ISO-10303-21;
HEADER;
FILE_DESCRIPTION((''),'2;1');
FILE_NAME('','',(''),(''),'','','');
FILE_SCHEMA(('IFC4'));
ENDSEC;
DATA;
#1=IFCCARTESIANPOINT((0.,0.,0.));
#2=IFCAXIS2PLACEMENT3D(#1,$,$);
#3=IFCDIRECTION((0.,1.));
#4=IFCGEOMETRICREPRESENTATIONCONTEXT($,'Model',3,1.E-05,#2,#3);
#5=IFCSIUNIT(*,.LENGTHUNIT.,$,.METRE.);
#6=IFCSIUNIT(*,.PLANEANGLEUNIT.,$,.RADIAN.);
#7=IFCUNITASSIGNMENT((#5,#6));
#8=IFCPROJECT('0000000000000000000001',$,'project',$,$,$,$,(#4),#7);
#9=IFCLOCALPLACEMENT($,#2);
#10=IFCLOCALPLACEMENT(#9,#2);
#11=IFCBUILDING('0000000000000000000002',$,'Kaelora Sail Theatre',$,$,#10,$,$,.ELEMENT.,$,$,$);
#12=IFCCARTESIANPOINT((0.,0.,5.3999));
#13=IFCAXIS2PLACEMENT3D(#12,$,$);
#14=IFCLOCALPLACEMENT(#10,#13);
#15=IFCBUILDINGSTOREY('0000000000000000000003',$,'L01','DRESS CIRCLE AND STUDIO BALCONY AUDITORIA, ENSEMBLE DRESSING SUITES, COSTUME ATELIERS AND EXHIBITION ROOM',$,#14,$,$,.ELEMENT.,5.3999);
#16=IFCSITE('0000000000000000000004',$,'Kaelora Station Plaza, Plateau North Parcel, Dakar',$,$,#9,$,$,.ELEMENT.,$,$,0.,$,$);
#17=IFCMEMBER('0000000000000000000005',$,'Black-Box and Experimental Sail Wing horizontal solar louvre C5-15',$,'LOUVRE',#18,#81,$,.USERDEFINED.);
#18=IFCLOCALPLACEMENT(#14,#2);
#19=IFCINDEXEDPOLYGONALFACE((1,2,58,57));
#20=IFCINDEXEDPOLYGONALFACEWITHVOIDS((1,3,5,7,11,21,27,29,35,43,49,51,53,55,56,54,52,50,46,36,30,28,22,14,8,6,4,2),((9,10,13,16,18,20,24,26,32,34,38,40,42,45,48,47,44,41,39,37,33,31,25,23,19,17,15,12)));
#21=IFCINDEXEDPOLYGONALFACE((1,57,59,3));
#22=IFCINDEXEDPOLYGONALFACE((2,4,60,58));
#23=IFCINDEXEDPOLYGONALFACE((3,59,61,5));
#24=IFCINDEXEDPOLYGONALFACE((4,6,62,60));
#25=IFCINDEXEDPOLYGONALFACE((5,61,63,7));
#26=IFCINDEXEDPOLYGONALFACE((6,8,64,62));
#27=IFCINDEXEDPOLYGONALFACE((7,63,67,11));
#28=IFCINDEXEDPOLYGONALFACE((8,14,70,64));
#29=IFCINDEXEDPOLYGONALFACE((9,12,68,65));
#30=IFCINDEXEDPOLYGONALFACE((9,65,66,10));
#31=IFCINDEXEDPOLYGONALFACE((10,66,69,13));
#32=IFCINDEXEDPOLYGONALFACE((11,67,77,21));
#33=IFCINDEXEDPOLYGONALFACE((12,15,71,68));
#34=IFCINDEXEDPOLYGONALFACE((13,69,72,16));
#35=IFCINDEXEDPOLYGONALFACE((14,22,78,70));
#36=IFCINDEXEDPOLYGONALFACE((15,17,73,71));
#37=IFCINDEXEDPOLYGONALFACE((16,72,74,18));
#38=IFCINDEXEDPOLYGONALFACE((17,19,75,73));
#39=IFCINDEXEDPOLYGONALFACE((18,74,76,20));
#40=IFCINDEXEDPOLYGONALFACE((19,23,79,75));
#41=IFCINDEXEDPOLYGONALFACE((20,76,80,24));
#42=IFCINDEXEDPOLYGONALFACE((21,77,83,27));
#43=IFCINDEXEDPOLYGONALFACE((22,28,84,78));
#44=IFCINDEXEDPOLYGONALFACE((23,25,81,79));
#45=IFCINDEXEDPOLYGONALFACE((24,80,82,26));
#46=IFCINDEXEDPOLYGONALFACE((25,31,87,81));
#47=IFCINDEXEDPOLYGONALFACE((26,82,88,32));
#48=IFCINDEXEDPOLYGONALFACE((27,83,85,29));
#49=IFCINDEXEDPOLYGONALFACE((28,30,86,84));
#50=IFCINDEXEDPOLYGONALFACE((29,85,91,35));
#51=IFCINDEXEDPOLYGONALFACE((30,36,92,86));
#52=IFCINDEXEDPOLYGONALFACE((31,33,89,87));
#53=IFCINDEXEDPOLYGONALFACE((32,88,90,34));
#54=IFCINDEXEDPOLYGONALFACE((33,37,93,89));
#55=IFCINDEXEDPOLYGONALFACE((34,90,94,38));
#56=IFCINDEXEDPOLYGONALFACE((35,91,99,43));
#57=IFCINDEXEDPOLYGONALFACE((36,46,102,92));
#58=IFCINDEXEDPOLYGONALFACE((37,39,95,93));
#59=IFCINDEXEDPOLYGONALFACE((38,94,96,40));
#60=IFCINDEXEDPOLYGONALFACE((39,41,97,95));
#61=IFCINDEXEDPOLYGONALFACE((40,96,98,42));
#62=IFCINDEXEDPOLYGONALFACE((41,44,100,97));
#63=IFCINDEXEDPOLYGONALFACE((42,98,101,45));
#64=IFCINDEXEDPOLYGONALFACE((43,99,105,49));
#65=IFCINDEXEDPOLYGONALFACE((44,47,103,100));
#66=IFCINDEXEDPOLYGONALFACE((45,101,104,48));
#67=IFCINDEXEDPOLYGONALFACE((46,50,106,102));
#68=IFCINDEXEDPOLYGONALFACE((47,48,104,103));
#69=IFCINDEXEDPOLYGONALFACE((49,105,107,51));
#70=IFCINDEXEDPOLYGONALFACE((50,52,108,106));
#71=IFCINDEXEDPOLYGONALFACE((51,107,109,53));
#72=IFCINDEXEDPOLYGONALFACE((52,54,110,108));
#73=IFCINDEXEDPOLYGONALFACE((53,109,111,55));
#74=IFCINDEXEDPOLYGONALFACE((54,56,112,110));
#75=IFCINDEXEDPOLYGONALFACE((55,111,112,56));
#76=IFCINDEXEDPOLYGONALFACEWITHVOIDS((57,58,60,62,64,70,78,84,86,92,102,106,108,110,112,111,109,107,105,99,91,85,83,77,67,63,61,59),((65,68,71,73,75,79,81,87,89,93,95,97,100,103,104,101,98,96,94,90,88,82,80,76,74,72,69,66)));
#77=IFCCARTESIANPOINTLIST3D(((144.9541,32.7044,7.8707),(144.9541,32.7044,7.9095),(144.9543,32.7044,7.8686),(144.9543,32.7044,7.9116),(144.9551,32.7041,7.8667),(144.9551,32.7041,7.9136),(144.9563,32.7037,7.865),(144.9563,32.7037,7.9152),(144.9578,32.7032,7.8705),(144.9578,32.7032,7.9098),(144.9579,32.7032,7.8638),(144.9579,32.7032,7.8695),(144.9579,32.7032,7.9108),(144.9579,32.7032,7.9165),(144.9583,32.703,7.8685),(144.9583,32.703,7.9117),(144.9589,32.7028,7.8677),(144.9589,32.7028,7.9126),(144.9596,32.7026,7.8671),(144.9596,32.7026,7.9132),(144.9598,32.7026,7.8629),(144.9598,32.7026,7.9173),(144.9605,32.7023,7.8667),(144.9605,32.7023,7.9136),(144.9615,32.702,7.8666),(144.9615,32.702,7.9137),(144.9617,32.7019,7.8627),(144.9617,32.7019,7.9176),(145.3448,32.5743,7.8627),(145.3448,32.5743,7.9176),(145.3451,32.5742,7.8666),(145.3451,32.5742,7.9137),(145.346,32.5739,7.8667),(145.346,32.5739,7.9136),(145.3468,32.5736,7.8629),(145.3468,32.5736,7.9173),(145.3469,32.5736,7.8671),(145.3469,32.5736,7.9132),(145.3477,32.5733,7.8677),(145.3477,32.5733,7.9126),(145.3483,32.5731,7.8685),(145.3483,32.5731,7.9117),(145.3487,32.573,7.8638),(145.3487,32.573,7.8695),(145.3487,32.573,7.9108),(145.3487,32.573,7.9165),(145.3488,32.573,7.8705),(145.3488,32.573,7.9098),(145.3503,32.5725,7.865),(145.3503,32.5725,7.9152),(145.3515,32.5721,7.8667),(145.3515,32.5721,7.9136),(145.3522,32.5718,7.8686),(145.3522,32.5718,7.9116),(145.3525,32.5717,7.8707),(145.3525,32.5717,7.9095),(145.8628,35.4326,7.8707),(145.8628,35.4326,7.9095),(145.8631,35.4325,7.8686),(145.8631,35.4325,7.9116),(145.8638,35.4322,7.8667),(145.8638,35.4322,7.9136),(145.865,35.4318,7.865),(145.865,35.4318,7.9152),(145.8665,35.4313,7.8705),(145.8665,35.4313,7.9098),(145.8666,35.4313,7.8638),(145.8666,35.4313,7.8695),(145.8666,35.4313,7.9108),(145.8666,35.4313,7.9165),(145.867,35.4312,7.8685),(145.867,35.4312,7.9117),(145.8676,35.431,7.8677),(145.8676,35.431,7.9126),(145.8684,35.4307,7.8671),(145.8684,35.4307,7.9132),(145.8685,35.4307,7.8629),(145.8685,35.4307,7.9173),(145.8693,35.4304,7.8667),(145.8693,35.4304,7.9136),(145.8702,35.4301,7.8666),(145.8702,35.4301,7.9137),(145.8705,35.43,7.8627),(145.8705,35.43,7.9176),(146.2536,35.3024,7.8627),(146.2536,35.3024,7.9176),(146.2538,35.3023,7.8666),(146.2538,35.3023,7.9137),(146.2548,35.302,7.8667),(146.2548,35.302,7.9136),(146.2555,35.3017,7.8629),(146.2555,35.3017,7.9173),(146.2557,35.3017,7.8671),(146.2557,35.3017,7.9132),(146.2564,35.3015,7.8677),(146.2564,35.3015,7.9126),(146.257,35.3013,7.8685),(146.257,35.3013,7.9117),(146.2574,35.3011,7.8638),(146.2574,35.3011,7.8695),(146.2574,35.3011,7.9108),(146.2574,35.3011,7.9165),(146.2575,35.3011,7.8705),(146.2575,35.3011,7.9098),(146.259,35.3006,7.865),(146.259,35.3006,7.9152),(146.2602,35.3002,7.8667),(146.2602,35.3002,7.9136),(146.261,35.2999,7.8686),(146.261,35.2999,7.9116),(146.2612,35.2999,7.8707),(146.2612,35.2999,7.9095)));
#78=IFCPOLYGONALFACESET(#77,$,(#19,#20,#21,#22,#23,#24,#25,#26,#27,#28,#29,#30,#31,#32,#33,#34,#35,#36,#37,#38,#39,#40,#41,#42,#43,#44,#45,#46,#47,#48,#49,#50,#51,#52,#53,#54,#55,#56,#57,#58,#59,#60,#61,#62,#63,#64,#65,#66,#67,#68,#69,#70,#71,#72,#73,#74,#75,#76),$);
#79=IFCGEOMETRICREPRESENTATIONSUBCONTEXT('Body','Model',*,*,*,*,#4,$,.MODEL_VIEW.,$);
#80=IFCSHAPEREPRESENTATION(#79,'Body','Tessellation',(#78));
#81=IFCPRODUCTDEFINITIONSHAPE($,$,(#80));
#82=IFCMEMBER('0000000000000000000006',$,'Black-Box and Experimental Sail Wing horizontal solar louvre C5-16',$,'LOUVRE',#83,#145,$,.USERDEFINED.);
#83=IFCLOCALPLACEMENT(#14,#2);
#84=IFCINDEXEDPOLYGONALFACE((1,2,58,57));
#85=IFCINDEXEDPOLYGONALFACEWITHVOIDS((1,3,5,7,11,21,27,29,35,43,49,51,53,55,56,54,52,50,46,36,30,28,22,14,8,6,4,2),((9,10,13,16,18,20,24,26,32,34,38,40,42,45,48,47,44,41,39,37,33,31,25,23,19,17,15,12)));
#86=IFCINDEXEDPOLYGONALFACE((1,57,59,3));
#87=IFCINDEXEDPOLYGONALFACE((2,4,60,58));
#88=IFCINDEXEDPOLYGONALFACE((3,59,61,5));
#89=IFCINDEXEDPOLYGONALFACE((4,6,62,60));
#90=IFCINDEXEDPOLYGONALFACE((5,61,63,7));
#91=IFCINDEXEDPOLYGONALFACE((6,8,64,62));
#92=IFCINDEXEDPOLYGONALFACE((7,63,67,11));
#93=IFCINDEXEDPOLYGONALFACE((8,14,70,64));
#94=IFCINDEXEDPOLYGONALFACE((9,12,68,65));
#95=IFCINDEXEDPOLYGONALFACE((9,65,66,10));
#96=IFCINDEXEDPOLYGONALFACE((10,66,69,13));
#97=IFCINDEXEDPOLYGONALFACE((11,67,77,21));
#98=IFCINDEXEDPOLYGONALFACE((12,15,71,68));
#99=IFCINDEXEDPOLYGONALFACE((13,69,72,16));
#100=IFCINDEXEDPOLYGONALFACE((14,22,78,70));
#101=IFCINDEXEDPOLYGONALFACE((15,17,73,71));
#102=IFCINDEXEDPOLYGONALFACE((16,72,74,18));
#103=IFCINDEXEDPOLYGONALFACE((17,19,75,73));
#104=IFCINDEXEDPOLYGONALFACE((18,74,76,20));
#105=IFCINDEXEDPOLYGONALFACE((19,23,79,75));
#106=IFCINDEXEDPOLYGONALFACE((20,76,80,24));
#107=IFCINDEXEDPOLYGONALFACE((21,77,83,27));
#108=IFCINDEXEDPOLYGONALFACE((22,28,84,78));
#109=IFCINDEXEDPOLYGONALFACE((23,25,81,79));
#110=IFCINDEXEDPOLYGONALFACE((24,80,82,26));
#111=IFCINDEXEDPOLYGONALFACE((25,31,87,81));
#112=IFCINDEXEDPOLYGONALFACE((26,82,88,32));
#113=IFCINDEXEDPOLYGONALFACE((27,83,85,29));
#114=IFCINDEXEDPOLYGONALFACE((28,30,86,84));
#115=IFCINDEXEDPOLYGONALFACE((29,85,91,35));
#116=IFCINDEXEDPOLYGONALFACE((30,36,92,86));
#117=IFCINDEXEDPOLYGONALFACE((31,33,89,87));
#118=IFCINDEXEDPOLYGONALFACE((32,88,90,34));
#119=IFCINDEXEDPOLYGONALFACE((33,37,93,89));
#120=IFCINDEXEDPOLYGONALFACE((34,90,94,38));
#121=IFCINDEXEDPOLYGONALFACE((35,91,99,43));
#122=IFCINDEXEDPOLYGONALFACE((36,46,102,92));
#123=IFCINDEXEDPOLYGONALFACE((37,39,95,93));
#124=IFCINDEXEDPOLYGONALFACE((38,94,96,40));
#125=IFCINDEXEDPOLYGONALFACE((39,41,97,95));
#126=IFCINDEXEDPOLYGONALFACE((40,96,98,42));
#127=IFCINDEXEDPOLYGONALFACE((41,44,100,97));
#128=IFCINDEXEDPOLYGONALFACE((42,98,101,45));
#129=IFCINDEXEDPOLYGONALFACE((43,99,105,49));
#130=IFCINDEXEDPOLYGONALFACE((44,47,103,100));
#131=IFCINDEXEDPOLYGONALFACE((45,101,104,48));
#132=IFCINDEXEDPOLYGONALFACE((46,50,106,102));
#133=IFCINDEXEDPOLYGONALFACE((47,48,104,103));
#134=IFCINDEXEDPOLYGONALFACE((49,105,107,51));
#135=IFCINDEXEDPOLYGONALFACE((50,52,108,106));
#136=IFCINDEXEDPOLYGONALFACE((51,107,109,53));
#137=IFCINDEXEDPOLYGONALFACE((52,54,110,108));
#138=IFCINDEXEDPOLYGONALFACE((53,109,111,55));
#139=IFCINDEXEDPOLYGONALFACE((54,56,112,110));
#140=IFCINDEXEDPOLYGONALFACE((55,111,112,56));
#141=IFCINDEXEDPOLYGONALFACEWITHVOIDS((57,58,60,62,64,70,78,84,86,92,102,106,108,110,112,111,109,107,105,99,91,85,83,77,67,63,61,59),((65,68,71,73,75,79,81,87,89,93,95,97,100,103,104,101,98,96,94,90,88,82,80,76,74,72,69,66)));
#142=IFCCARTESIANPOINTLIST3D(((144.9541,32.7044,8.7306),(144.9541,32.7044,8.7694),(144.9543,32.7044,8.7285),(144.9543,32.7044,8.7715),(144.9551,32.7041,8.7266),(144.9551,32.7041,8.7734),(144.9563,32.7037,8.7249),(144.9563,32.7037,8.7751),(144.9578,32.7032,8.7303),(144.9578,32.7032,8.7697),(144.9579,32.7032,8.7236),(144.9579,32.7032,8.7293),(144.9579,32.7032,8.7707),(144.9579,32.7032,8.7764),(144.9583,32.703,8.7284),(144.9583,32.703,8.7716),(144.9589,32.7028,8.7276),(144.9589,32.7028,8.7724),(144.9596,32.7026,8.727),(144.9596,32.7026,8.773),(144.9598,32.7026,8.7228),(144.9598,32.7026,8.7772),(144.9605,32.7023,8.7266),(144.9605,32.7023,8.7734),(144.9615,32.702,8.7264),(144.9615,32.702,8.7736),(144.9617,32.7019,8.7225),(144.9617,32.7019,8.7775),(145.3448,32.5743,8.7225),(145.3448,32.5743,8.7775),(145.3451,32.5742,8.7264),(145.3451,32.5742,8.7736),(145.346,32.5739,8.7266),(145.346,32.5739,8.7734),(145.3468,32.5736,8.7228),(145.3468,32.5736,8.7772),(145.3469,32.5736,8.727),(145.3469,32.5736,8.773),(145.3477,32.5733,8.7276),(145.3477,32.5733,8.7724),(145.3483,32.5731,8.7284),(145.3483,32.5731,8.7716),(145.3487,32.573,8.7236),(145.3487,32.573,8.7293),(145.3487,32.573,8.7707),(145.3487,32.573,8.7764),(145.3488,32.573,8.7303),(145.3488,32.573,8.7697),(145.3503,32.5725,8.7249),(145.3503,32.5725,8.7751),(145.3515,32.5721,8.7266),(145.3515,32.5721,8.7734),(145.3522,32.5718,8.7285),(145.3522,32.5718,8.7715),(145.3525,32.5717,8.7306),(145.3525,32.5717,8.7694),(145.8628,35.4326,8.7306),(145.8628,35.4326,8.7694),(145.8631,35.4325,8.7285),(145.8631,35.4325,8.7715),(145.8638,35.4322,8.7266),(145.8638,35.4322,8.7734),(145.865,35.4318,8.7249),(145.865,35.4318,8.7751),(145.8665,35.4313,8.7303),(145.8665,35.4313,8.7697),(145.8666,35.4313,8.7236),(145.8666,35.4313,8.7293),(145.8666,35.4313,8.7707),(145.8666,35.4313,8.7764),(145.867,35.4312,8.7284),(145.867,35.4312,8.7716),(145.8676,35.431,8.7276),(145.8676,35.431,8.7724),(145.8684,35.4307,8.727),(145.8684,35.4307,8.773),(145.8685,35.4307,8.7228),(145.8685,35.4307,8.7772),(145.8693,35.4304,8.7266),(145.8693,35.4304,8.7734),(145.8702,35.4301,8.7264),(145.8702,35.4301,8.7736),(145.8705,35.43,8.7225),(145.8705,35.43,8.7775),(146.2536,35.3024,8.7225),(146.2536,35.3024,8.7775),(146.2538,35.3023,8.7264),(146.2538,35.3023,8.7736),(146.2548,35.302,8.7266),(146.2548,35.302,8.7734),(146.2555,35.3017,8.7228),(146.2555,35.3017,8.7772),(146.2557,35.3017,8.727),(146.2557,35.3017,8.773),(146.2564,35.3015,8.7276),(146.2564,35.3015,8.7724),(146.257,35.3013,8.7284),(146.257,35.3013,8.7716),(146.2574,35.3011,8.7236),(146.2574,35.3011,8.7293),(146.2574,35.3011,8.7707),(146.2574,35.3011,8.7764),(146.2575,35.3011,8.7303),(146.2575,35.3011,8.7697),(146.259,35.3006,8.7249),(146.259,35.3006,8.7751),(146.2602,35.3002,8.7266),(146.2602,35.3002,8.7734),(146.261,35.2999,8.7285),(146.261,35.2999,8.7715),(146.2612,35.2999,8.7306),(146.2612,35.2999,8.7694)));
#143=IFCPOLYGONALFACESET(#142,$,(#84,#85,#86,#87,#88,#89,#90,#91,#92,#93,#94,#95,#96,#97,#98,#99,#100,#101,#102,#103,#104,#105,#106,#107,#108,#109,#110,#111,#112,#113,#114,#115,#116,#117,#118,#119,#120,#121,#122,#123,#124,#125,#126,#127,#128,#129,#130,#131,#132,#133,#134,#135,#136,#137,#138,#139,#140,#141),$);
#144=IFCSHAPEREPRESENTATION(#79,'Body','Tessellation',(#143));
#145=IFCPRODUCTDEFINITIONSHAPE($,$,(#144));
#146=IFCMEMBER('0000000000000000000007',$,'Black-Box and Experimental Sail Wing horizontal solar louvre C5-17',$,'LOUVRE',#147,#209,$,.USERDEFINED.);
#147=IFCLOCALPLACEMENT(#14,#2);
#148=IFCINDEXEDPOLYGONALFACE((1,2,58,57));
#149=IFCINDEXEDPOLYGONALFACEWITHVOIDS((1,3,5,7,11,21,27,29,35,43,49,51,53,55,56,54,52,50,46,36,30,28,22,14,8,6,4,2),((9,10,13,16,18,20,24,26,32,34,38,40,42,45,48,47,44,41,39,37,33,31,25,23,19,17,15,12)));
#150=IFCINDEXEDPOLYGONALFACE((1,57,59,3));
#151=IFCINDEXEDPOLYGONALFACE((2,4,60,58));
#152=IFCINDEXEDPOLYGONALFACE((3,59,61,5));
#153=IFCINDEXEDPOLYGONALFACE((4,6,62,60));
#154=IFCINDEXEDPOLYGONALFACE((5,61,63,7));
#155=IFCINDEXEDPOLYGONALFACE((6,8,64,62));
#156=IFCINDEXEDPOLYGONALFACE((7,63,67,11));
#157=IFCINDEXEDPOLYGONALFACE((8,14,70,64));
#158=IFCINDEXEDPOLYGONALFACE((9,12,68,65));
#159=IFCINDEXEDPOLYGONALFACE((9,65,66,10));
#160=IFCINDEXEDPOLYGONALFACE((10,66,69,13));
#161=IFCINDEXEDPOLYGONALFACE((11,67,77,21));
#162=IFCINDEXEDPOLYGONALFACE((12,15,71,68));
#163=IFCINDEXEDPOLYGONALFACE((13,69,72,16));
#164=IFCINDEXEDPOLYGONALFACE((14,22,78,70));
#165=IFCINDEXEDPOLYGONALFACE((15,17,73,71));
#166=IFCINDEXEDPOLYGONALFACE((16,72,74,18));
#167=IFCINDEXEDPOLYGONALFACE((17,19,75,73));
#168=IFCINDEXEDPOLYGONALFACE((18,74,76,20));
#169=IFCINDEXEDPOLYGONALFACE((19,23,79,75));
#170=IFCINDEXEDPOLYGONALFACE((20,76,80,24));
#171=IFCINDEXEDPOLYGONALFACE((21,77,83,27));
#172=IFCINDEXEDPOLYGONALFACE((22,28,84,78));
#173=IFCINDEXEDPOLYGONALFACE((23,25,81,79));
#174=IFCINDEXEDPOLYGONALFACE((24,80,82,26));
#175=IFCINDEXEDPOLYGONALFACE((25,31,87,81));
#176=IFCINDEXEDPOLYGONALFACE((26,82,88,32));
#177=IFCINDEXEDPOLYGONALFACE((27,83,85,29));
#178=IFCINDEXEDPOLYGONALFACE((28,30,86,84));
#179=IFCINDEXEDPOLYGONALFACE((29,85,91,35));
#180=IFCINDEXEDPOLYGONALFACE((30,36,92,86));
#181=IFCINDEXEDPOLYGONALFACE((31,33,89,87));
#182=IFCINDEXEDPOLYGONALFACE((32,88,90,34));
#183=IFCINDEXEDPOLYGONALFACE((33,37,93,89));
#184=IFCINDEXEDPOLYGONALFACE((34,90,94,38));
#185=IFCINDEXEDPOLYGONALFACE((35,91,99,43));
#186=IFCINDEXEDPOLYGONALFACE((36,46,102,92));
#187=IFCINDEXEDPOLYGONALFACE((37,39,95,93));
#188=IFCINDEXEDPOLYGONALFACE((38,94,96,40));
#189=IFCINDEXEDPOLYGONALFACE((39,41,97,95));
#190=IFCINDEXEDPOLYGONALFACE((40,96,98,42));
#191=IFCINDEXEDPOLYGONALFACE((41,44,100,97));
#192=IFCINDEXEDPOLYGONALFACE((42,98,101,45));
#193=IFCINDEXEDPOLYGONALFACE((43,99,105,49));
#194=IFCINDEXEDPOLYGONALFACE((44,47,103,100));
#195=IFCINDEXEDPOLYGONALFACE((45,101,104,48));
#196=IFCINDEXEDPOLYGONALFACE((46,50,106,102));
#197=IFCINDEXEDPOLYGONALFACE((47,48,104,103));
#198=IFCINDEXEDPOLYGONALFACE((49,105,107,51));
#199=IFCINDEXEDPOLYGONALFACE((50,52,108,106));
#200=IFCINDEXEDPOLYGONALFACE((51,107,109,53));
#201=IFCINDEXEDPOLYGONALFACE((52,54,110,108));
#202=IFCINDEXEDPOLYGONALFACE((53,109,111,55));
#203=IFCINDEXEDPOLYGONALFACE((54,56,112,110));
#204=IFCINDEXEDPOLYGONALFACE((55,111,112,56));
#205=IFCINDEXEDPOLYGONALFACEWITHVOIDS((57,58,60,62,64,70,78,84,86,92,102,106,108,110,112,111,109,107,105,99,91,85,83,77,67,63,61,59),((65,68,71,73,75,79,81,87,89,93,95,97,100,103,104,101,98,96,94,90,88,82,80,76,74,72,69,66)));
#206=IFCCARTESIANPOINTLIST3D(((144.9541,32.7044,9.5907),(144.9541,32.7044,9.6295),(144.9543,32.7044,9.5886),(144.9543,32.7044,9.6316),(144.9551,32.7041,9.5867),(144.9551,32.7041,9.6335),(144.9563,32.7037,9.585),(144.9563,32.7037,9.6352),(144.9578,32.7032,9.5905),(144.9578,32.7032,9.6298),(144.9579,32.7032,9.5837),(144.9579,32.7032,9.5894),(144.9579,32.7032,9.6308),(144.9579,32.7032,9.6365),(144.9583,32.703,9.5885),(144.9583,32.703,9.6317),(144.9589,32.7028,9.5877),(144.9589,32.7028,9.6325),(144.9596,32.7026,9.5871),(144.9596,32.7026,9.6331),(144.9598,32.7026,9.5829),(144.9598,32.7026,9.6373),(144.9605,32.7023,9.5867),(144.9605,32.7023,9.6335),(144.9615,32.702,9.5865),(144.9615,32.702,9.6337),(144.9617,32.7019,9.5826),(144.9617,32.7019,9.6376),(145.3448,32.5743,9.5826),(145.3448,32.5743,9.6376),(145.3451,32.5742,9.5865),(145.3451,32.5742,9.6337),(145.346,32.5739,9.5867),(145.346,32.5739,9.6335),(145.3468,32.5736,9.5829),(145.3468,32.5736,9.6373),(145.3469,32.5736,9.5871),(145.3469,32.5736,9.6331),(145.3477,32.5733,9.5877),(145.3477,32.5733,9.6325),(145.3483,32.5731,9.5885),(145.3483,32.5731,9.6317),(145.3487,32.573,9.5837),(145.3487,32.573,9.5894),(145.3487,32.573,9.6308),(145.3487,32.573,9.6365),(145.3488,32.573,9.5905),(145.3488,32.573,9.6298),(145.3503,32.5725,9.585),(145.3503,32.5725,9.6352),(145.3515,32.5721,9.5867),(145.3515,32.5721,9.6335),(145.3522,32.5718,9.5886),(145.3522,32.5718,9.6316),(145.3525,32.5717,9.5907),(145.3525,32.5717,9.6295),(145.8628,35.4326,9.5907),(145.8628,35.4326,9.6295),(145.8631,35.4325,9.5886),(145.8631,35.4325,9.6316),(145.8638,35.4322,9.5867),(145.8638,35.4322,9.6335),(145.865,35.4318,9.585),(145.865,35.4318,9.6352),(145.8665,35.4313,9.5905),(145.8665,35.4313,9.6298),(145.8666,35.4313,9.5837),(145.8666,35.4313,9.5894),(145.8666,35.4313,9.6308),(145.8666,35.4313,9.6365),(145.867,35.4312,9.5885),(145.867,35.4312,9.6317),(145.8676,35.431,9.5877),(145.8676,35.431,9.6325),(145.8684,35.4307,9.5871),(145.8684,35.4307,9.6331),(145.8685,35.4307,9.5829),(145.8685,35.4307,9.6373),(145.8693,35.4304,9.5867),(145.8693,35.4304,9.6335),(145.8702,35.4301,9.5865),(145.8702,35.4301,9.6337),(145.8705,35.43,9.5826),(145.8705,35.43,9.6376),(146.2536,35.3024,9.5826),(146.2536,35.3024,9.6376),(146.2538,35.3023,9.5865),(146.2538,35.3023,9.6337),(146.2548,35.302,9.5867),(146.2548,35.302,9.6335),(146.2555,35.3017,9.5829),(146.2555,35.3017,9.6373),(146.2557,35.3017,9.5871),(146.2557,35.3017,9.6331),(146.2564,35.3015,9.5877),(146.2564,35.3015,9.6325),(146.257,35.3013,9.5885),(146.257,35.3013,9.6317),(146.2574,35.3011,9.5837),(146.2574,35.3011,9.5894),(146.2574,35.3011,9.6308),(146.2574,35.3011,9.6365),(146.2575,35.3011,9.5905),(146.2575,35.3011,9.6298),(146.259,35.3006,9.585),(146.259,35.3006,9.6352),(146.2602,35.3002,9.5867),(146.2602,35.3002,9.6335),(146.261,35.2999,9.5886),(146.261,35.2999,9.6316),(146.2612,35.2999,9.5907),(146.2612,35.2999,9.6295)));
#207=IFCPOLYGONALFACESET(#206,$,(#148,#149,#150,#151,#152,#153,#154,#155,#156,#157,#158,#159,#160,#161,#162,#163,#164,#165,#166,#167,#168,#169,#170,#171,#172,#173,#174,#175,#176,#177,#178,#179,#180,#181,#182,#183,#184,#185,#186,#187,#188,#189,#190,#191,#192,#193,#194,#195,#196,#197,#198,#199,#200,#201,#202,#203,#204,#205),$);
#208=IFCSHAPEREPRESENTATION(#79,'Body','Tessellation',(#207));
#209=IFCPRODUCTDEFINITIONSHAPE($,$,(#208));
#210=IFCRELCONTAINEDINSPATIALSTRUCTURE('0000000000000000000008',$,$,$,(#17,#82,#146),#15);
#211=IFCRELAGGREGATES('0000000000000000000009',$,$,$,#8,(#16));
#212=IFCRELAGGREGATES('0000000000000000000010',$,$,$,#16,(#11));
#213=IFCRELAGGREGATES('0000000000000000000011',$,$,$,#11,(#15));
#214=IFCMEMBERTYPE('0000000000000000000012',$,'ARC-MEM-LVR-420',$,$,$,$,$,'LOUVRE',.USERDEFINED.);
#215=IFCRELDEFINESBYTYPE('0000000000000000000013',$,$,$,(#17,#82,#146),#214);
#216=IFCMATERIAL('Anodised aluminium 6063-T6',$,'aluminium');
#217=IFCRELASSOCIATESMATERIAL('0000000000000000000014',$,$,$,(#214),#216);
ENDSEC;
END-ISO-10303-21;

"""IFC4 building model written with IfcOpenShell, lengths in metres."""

from ifc_helpers import new_model, si_unit, direction, frame, origin, origin_2d, place, context, subcontext, project, spatial, hollow_rectangle, extrude, material, material_profile, profile_set, type_object, element, save


model = new_model("IFC4")

# Units and contexts
model_context = context("Model", 3, precision=1e-05, world=origin(), true_north=direction((0.0, 1.0)))
body_context = subcontext(model_context, "Body", "Model", "MODEL_VIEW")
ifc_project = project(units=[si_unit("LENGTHUNIT", "METRE"), si_unit("PLANEANGLEUNIT", "RADIAN")], contexts=[model_context])

# Site, building, storey
site_placement = place(None, origin())
site = spatial("IfcSite", under=ifc_project, at=site_placement, Name="Kaelora Station Plaza, Plateau North Parcel, Dakar", CompositionType="ELEMENT", RefElevation=0.0)
building_placement = place(site_placement, origin())
building = spatial("IfcBuilding", under=site, at=building_placement, Name="Kaelora Sail Theatre", CompositionType="ELEMENT")
storey_placement = place(building_placement, frame((0.0, 0.0, 5.3999)))
storey = spatial("IfcBuildingStorey", under=building, at=storey_placement, Name="L01", Description="DRESS CIRCLE AND STUDIO BALCONY AUDITORIA, ENSEMBLE DRESSING SUITES, COSTUME ATELIERS AND EXHIBITION ROOM", CompositionType="ELEMENT", Elevation=5.3999)

# Members
ifc_material_1 = material(Name="Anodised aluminium 6063-T6", Category="aluminium")
ifc_material_profile_1 = material_profile(ifc_material_1, hollow_rectangle(XDim=0.4199, YDim=0.0549, WallThickness=0.0039, InnerFilletRadius=0.0039, OuterFilletRadius=0.0081, at=origin_2d()), Name="LOUVRE 420x55x4")
ifc_profile_set_1 = profile_set([ifc_material_profile_1], Name="Anodised aluminium 6063-T6")
member_type = type_object("IfcMemberType", Name="ARC-MEM-LVR-420", ElementType="LOUVRE", PredefinedType="USERDEFINED", material=ifc_profile_set_1)
for number, where, z_axis, x_axis, name in (
    (1, (146.062, 35.3662, 7.8901), (-0.316024, -0.948751, 0.0), (0.948751, -0.316024, 0.0), "Black-Box and Experimental Sail Wing horizontal solar louvre C5-15"),
    (2, (146.062, 35.3662, 8.75), (-0.316024, -0.948751, 0.0), (0.948751, -0.316024, 0.0), "Black-Box and Experimental Sail Wing horizontal solar louvre C5-16"),
    (3, (146.062, 35.3662, 9.6101), (-0.316024, -0.948751, 0.0), (0.948751, -0.316024, 0.0), "Black-Box and Experimental Sail Wing horizontal solar louvre C5-17"),
):
    element("IfcMember", number, at=place(storey_placement, frame(where, z_axis=z_axis, x_axis=x_axis)), inside=storey, type_object=member_type, Name=name, ObjectType="LOUVRE", PredefinedType="USERDEFINED", context=body_context, shape_type="SweptSolid", body=[
        extrude(hollow_rectangle(XDim=0.4199, YDim=0.0549, WallThickness=0.0039, InnerFilletRadius=0.0039, OuterFilletRadius=0.0081, at=origin_2d()), origin(), (0.0, 0.0, 1.0), 2.8755),
    ])

save(model, "model.ifc")
